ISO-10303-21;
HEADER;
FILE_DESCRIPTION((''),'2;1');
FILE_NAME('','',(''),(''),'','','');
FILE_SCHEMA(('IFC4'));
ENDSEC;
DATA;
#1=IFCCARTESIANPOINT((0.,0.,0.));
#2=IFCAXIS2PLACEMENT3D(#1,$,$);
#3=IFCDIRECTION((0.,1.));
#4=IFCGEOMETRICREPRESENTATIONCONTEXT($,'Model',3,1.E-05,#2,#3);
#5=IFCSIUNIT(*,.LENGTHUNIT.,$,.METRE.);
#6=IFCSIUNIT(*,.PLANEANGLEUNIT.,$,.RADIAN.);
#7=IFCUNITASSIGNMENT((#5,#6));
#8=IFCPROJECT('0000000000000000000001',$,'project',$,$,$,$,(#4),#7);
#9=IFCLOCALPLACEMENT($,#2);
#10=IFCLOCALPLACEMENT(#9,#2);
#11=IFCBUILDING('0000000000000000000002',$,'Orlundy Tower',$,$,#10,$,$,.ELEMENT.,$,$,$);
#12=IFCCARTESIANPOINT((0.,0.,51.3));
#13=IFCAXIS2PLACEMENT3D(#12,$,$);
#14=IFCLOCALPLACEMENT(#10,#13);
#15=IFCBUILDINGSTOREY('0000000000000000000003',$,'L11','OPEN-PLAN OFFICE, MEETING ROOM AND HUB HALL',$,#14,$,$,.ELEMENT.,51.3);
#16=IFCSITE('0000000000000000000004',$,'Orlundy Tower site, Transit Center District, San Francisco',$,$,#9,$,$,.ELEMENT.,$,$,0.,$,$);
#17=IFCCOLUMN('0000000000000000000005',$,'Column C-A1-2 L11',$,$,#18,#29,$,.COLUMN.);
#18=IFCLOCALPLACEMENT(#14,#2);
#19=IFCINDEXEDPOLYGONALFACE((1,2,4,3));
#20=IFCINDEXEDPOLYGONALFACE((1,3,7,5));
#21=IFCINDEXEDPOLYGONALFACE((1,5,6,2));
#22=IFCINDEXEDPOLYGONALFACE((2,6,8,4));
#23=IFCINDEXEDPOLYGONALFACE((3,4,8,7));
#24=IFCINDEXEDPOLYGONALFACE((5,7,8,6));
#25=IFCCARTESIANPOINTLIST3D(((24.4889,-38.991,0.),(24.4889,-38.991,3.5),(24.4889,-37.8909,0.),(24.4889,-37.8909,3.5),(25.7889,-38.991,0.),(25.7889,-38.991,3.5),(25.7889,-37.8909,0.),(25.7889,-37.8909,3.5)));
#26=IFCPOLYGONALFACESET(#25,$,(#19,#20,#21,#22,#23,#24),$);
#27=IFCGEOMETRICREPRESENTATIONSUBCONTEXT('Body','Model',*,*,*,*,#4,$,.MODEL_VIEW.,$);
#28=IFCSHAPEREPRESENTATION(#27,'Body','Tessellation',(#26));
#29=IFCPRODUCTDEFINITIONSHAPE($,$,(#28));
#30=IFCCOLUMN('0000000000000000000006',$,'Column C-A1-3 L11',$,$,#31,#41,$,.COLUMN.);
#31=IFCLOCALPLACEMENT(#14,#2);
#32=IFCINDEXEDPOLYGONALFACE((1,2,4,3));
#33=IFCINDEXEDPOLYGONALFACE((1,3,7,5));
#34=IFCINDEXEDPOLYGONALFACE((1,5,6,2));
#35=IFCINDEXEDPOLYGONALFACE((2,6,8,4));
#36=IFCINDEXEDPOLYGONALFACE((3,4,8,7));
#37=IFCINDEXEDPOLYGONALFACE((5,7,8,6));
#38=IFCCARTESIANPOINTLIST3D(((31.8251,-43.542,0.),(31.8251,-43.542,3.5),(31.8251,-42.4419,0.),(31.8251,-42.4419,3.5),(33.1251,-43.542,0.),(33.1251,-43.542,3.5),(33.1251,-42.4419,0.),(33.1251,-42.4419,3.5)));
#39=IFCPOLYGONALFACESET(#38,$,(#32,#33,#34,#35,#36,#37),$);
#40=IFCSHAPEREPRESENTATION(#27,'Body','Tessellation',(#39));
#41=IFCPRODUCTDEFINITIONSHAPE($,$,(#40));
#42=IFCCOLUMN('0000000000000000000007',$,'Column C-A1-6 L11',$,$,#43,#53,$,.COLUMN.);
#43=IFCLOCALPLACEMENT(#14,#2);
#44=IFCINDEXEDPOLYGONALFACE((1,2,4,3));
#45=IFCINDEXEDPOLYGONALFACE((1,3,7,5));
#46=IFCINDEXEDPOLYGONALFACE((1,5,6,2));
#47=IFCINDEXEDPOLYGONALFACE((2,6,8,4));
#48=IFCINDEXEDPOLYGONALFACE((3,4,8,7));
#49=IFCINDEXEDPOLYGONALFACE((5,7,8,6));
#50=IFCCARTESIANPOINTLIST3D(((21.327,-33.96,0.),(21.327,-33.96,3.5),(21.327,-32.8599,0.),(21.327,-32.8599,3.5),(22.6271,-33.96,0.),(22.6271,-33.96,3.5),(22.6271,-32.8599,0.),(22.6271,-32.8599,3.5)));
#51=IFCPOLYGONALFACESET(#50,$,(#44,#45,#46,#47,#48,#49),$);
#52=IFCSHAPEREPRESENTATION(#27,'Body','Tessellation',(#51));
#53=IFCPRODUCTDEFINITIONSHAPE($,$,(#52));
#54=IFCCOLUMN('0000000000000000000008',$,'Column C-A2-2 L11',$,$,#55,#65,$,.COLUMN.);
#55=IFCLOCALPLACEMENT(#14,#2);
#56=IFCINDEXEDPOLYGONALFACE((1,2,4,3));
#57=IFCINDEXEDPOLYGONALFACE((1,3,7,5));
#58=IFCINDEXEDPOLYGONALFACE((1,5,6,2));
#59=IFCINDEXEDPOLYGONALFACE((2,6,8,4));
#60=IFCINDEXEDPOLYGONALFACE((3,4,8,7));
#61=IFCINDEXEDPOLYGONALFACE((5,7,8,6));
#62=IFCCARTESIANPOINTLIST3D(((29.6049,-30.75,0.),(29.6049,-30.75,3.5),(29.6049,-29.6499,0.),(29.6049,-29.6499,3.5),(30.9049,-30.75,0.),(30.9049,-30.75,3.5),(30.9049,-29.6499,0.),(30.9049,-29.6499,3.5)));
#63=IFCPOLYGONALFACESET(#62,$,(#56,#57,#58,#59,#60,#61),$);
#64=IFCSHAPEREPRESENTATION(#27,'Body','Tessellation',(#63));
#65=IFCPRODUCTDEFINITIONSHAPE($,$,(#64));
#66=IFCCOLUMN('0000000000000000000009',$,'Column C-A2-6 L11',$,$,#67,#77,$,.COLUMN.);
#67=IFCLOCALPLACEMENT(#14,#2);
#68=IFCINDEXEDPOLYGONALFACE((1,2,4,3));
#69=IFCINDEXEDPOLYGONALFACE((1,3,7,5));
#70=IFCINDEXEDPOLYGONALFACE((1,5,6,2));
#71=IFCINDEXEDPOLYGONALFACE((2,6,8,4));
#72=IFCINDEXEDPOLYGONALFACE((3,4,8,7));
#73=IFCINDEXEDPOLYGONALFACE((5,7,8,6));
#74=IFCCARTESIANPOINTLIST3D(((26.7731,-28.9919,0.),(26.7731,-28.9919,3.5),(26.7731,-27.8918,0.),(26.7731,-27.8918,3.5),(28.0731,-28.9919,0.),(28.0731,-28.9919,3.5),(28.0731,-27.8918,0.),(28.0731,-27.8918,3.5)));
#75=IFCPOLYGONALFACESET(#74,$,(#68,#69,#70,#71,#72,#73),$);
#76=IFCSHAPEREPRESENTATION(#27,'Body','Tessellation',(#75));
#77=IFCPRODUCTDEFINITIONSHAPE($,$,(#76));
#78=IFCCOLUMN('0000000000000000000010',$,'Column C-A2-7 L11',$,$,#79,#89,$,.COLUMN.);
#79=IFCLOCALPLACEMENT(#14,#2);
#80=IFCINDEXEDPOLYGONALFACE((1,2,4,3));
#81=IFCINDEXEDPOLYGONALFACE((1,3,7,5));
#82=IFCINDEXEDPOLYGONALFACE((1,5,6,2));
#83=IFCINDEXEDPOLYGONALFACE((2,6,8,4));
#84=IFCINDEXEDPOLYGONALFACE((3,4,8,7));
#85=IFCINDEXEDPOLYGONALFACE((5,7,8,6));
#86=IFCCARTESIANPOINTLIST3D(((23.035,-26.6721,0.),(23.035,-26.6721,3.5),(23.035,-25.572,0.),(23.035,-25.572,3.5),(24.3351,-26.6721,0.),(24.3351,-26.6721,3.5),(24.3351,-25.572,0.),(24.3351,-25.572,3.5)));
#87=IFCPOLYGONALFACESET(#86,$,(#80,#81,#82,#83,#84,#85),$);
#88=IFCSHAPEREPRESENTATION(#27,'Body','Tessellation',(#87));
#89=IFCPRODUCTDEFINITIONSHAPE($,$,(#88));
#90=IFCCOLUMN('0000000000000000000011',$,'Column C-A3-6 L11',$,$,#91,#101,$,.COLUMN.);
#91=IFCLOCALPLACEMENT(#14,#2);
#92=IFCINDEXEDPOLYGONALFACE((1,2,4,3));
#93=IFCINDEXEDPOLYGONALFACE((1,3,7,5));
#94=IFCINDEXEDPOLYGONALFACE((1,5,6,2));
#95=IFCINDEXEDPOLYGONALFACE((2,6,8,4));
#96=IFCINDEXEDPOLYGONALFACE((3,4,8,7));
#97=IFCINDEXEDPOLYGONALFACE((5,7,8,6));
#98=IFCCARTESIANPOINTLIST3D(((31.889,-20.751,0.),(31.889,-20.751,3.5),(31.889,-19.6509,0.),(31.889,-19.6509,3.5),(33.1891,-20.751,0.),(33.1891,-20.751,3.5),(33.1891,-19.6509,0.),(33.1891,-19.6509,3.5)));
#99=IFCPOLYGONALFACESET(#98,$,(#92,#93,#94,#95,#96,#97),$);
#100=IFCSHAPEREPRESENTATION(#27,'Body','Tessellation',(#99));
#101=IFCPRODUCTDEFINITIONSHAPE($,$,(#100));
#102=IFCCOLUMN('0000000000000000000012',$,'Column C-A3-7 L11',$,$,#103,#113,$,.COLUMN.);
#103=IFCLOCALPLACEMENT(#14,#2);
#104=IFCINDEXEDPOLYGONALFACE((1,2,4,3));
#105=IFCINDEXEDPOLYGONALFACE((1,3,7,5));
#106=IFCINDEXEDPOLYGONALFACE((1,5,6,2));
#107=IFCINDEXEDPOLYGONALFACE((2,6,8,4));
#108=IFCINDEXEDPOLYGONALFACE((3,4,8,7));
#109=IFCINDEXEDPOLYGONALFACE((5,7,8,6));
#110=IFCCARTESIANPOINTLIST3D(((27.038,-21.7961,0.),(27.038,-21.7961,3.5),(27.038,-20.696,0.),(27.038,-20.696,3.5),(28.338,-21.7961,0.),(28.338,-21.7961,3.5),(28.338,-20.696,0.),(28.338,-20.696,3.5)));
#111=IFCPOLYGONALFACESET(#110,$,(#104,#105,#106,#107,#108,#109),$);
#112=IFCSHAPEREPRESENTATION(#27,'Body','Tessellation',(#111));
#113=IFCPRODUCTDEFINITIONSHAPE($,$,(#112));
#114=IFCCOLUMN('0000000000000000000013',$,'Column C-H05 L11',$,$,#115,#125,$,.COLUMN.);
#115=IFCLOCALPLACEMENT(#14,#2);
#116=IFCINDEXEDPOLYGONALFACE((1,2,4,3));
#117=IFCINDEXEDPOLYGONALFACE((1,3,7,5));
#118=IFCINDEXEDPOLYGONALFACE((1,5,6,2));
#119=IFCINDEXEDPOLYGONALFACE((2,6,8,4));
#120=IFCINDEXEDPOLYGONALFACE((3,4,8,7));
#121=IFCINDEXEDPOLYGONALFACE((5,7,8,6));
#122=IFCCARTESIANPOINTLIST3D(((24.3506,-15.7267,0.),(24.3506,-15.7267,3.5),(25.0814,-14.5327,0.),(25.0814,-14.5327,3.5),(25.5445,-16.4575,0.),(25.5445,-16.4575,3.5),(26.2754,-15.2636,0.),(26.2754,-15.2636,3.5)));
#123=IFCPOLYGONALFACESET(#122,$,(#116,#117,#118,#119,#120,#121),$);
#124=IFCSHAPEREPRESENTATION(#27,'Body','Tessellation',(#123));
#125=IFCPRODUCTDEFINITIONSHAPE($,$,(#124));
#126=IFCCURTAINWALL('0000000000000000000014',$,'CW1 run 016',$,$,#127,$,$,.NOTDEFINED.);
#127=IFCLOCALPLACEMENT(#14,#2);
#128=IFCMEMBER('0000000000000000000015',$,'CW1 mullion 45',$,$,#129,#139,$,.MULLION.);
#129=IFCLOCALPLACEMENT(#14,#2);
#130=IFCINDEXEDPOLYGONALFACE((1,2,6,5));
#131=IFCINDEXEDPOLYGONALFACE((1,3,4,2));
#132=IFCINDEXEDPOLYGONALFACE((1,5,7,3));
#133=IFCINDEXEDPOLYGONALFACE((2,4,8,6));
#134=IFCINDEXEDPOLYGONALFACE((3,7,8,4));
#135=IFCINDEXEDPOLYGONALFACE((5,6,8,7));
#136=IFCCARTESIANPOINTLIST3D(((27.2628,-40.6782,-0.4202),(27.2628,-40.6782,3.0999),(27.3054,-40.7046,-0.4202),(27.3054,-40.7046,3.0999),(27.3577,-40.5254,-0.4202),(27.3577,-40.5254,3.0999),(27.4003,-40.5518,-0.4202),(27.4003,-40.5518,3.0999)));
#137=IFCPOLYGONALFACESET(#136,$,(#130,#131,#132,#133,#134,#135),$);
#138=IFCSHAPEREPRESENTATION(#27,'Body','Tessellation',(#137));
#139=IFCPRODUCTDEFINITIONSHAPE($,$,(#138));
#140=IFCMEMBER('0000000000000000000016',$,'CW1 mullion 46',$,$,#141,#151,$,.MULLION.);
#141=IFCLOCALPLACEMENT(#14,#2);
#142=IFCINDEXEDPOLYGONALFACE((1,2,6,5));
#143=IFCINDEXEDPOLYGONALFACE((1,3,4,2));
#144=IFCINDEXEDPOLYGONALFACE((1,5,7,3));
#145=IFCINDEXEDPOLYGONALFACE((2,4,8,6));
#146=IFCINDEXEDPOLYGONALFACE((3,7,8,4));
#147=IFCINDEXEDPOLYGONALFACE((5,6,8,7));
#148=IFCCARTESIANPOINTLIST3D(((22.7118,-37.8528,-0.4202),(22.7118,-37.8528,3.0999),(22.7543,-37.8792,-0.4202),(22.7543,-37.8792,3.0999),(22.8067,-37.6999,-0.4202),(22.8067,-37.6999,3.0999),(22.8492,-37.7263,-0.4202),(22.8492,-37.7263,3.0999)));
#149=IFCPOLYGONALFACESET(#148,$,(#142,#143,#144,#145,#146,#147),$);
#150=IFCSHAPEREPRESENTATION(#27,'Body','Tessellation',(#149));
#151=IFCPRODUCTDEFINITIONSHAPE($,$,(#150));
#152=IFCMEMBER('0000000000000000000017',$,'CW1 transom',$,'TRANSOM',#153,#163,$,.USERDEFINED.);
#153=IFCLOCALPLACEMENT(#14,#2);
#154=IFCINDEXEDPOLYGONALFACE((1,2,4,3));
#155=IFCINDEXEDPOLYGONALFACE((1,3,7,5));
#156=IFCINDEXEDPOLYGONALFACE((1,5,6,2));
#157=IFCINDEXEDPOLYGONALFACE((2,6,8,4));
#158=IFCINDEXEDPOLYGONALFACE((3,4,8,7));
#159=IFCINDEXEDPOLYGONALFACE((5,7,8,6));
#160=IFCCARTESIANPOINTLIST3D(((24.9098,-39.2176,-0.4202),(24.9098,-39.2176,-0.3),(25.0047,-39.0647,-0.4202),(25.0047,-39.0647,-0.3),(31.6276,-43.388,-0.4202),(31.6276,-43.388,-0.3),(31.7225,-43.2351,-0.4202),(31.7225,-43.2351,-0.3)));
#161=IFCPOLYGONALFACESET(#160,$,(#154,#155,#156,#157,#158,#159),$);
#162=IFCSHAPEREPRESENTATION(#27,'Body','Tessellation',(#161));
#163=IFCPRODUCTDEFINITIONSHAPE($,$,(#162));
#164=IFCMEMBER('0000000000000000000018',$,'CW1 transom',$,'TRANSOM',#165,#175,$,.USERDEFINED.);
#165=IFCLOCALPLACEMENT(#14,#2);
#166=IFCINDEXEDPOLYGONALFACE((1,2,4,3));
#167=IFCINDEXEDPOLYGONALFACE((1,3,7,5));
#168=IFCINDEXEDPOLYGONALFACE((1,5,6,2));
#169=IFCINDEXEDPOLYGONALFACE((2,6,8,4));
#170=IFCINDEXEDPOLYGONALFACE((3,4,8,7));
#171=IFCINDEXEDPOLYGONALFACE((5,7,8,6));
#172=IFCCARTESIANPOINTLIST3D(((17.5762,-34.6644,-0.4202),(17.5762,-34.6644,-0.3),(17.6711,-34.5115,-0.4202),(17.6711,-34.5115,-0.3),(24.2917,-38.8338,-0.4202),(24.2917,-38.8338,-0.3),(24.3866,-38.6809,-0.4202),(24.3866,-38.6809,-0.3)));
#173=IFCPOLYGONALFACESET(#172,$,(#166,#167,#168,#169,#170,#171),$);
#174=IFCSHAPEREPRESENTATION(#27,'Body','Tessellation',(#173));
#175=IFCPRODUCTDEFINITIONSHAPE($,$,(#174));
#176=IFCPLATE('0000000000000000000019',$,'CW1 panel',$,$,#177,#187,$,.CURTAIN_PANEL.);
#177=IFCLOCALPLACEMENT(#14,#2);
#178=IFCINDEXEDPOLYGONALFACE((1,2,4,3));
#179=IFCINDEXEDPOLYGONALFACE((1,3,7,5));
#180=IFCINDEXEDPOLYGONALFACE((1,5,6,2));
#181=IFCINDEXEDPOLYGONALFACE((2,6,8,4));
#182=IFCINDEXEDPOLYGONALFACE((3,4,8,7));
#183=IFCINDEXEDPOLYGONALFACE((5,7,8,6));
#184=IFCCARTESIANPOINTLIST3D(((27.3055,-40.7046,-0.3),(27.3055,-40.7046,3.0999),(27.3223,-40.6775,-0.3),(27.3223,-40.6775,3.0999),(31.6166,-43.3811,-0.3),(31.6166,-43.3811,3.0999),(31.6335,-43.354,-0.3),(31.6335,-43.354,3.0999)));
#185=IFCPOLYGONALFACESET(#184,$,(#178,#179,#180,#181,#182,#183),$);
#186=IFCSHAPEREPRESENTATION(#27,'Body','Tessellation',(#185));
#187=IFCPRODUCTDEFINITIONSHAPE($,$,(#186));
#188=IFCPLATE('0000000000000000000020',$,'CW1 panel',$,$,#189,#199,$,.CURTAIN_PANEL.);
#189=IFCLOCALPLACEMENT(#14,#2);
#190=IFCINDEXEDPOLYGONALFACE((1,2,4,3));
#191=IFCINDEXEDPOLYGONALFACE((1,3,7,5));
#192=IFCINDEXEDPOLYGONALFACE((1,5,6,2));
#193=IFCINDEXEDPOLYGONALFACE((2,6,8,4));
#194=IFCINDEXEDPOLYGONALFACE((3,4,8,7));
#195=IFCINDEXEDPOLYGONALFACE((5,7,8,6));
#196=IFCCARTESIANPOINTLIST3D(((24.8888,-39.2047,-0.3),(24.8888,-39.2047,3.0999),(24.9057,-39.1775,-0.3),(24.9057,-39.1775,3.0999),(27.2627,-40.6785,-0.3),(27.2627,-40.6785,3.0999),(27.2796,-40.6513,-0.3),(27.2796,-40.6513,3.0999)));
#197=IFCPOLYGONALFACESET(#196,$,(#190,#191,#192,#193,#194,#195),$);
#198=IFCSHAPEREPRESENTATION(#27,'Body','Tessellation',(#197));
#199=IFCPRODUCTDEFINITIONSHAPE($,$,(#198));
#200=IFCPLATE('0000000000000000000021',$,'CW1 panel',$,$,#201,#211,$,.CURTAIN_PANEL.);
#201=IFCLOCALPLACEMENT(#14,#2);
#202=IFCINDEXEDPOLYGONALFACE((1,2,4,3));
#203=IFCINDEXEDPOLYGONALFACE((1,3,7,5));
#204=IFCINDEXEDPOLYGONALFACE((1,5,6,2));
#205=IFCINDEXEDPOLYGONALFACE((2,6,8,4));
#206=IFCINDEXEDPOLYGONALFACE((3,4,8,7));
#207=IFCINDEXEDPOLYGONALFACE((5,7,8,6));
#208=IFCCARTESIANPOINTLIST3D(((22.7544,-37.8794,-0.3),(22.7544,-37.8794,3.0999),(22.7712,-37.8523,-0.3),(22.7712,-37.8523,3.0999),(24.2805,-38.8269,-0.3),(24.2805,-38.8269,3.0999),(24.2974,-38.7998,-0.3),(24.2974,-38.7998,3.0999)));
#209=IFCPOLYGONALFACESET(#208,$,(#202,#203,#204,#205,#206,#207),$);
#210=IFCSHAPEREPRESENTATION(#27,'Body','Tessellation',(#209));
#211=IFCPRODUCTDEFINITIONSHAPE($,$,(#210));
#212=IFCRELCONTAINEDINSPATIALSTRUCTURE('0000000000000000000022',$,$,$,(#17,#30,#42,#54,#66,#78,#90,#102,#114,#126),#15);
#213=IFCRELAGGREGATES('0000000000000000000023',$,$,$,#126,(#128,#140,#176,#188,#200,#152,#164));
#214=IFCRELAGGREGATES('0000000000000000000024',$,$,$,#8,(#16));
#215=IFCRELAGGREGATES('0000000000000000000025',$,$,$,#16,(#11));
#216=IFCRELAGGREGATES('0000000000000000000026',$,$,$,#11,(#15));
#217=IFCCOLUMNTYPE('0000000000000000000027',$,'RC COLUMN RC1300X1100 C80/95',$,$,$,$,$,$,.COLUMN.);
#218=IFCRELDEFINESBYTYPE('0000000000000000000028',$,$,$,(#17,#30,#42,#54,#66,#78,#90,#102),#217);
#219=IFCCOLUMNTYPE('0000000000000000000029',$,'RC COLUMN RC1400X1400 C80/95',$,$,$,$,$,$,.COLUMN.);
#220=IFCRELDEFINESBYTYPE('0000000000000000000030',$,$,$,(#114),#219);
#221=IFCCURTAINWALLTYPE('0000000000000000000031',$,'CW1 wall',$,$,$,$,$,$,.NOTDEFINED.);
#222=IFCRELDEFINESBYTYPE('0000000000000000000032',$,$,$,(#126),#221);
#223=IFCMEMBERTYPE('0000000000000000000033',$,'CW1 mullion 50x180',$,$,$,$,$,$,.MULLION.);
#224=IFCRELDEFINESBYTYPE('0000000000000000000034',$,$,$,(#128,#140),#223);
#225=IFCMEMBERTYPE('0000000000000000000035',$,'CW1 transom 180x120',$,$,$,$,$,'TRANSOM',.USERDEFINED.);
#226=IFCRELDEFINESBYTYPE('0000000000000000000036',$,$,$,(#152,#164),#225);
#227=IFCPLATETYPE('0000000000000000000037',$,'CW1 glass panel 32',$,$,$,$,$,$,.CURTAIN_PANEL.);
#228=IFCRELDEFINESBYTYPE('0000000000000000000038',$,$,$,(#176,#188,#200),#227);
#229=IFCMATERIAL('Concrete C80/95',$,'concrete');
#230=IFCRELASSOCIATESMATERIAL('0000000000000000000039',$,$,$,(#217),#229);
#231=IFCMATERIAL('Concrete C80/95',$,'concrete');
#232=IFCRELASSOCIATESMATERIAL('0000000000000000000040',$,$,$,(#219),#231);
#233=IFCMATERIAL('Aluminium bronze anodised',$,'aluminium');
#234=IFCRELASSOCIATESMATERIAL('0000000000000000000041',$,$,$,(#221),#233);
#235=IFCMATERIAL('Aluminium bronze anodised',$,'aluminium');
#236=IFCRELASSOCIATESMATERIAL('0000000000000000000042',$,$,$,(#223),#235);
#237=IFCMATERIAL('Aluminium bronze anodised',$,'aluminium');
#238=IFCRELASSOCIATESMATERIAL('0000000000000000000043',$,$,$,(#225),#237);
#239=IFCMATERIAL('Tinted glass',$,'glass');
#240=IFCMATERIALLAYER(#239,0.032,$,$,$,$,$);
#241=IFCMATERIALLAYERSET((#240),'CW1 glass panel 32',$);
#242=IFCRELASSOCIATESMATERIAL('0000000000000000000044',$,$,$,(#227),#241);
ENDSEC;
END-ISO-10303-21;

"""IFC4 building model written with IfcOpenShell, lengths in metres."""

from ifc_helpers import new_model, si_unit, direction, frame, origin, origin_2d, place, context, subcontext, project, spatial, rectangle, extrude, material, layer, layer_set, material_profile, profile_set, type_object, element, aggregate, save


model = new_model("IFC4")

# Units and contexts
model_context = context("Model", 3, precision=1e-05, world=origin(), true_north=direction((0.0, 1.0)))
body_context = subcontext(model_context, "Body", "Model", "MODEL_VIEW")
ifc_project = project(units=[si_unit("LENGTHUNIT", "METRE"), si_unit("PLANEANGLEUNIT", "RADIAN")], contexts=[model_context])

# Site, building, storey
site_placement = place(None, origin())
site = spatial("IfcSite", under=ifc_project, at=site_placement, Name="Orlundy Tower site, Transit Center District, San Francisco", CompositionType="ELEMENT", RefElevation=0.0)
building_placement = place(site_placement, origin())
building = spatial("IfcBuilding", under=site, at=building_placement, Name="Orlundy Tower", CompositionType="ELEMENT")
storey_placement = place(building_placement, frame((0.0, 0.0, 51.3)))
storey = spatial("IfcBuildingStorey", under=building, at=storey_placement, Name="L11", Description="OPEN-PLAN OFFICE, MEETING ROOM AND HUB HALL", CompositionType="ELEMENT", Elevation=51.3)

# Columns
ifc_material_1 = material(Name="Concrete C80/95", Category="concrete")
ifc_material_profile_1 = material_profile(ifc_material_1, rectangle(XDim=1.3, YDim=1.1001, at=origin_2d()), Name="RC1300X1100")
ifc_profile_set_1 = profile_set([ifc_material_profile_1], Name="Concrete C80/95")
column_type_1 = type_object("IfcColumnType", Name="RC COLUMN RC1300X1100 C80/95", PredefinedType="COLUMN", material=ifc_profile_set_1)
for number, where, z_axis, x_axis, name in (
    (1, (25.1389, -38.4409, 0.0), (0.0, 0.0, 1.0), (1.0, 0.0, 0.0), "Column C-A1-2 L11"),
    (2, (32.4751, -42.9919, 0.0), (0.0, 0.0, 1.0), (1.0, 0.0, 0.0), "Column C-A1-3 L11"),
    (3, (21.9771, -33.4099, 0.0), (0.0, 0.0, 1.0), (1.0, 0.0, 0.0), "Column C-A1-6 L11"),
    (4, (30.2549, -30.2, 0.0), (0.0, 0.0, 1.0), (1.0, 0.0, 0.0), "Column C-A2-2 L11"),
    (5, (27.4231, -28.4419, 0.0), (0.0, 0.0, 1.0), (1.0, 0.0, 0.0), "Column C-A2-6 L11"),
    (6, (23.6851, -26.1221, 0.0), (0.0, 0.0, 1.0), (1.0, 0.0, 0.0), "Column C-A2-7 L11"),
    (7, (32.5391, -20.2009, 0.0), (0.0, 0.0, 1.0), (1.0, 0.0, 0.0), "Column C-A3-6 L11"),
    (8, (27.688, -21.2461, 0.0), (0.0, 0.0, 1.0), (1.0, 0.0, 0.0), "Column C-A3-7 L11"),
):
    element("IfcColumn", number, at=place(storey_placement, frame(where, z_axis=z_axis, x_axis=x_axis)), inside=storey, type_object=column_type_1, Name=name, PredefinedType="COLUMN", context=body_context, shape_type="SweptSolid", body=[
        extrude(rectangle(XDim=1.3, YDim=1.1001, at=origin_2d()), origin(), (0.0, 0.0, 1.0), 3.5),
    ])
ifc_material_2 = material(Name="Concrete C80/95", Category="concrete")
ifc_material_profile_2 = material_profile(ifc_material_2, rectangle(XDim=1.3999, YDim=1.3999, at=origin_2d()), Name="RC1400X1400")
ifc_profile_set_2 = profile_set([ifc_material_profile_2], Name="Concrete C80/95")
column_type_2 = type_object("IfcColumnType", Name="RC COLUMN RC1400X1400 C80/95", PredefinedType="COLUMN", material=ifc_profile_set_2)
column_placement = place(storey_placement, frame((25.313, -15.4951, 0.0), z_axis=(0.0, 0.0, 1.0), x_axis=(0.852895, -0.522082, 0.0)))
element("IfcColumn", 9, at=column_placement, inside=storey, type_object=column_type_2, Name="Column C-H05 L11", PredefinedType="COLUMN", context=body_context, shape_type="SweptSolid", body=[
    extrude(rectangle(XDim=1.3999, YDim=1.3999, at=origin_2d()), origin(), (0.0, 0.0, 1.0), 3.5),
])

# Curtain wall, members, plates
ifc_material_3 = material(Name="Aluminium bronze anodised", Category="aluminium")
curtain_wall_type = type_object("IfcCurtainWallType", Name="CW1 wall", PredefinedType="NOTDEFINED", material=ifc_material_3)
curtain_wall_placement = place(storey_placement, origin())
curtain_wall = element("IfcCurtainWall", 10, at=curtain_wall_placement, inside=storey, type_object=curtain_wall_type, Name="CW1 run 016", PredefinedType="NOTDEFINED")
ifc_material_4 = material(Name="Aluminium bronze anodised", Category="aluminium")
ifc_material_profile_3 = material_profile(ifc_material_4, rectangle(XDim=0.1799, YDim=0.05, at=origin_2d()), Name="CW1 mullion 50x180")
ifc_profile_set_3 = profile_set([ifc_material_profile_3], Name="Aluminium bronze anodised")
member_type_1 = type_object("IfcMemberType", Name="CW1 mullion 50x180", PredefinedType="MULLION", material=ifc_profile_set_3)
member_1_placement = place(storey_placement, frame((27.3315, -40.615, -0.4202), z_axis=(0.0, 0.0, 1.0), x_axis=(-0.527449, -0.849587, 0.0)))
member_1 = element("IfcMember", 11, at=member_1_placement, type_object=member_type_1, Name="CW1 mullion 45", PredefinedType="MULLION", context=body_context, shape_type="SweptSolid", body=[
    extrude(rectangle(XDim=0.1799, YDim=0.05, at=origin_2d()), origin(), (0.0, 0.0, 1.0), 3.52),
])
member_2_placement = place(storey_placement, frame((22.7805, -37.7896, -0.4202), z_axis=(0.0, 0.0, 1.0), x_axis=(-0.527449, -0.849587, 0.0)))
member_2 = element("IfcMember", 12, at=member_2_placement, type_object=member_type_1, Name="CW1 mullion 46", PredefinedType="MULLION", context=body_context, shape_type="SweptSolid", body=[
    extrude(rectangle(XDim=0.1799, YDim=0.05, at=origin_2d()), origin(), (0.0, 0.0, 1.0), 3.52),
])
ifc_material_5 = material(Name="Aluminium bronze anodised", Category="aluminium")
ifc_material_profile_4 = material_profile(ifc_material_5, rectangle(XDim=0.1799, YDim=0.1201, at=origin_2d()), Name="CW1 transom 180x120")
ifc_profile_set_4 = profile_set([ifc_material_profile_4], Name="Aluminium bronze anodised")
member_type_2 = type_object("IfcMemberType", Name="CW1 transom 180x120", ElementType="TRANSOM", PredefinedType="USERDEFINED", material=ifc_profile_set_4)
member_3_placement = place(storey_placement, frame((31.675, -43.3115, -0.3601), z_axis=(-0.849597, 0.527432, 0.0), x_axis=(-0.527432, -0.849597, 0.0)))
member_3 = element("IfcMember", 13, at=member_3_placement, type_object=member_type_2, Name="CW1 transom", ObjectType="TRANSOM", PredefinedType="USERDEFINED", context=body_context, shape_type="SweptSolid", body=[
    extrude(rectangle(XDim=0.1799, YDim=0.1201, at=origin_2d()), origin(), (0.0, 0.0, 1.0), 7.907),
])
member_4_placement = place(storey_placement, frame((24.3391, -38.7573, -0.3601), z_axis=(-0.849575, 0.527467, 0.0), x_axis=(-0.527467, -0.849575, 0.0)))
member_4 = element("IfcMember", 14, at=member_4_placement, type_object=member_type_2, Name="CW1 transom", ObjectType="TRANSOM", PredefinedType="USERDEFINED", context=body_context, shape_type="SweptSolid", body=[
    extrude(rectangle(XDim=0.1799, YDim=0.1201, at=origin_2d()), origin(), (0.0, 0.0, 1.0), 7.9045),
])
ifc_material_6 = material(Name="Tinted glass", Category="glass")
ifc_layer_1 = layer(ifc_material_6, 0.032)
ifc_layer_set_1 = layer_set([ifc_layer_1], Name="CW1 glass panel 32")
plate_type = type_object("IfcPlateType", Name="CW1 glass panel 32", PredefinedType="CURTAIN_PANEL", material=ifc_layer_set_1)
plate_1_placement = place(storey_placement, frame((29.4695, -42.0293, -0.3), z_axis=(0.0, 0.0, 1.0), x_axis=(-0.849587, 0.527449, 0.0)))
plate_1 = element("IfcPlate", 15, at=plate_1_placement, type_object=plate_type, Name="CW1 panel", PredefinedType="CURTAIN_PANEL", context=body_context, shape_type="SweptSolid", body=[
    extrude(rectangle(XDim=5.0745, YDim=0.032, at=origin_2d()), origin(), (0.0, 0.0, 1.0), 3.3999),
])
plate_2_placement = place(storey_placement, frame((26.0842, -39.928, -0.3), z_axis=(0.0, 0.0, 1.0), x_axis=(-0.849587, 0.527449, 0.0)))
plate_2 = element("IfcPlate", 16, at=plate_2_placement, type_object=plate_type, Name="CW1 panel", PredefinedType="CURTAIN_PANEL", context=body_context, shape_type="SweptSolid", body=[
    extrude(rectangle(XDim=2.7942, YDim=0.032, at=origin_2d()), origin(), (0.0, 0.0, 1.0), 3.3999),
])
plate_3_placement = place(storey_placement, frame((23.5259, -38.3396, -0.3), z_axis=(0.0, 0.0, 1.0), x_axis=(-0.849587, 0.527449, 0.0)))
plate_3 = element("IfcPlate", 17, at=plate_3_placement, type_object=plate_type, Name="CW1 panel", PredefinedType="CURTAIN_PANEL", context=body_context, shape_type="SweptSolid", body=[
    extrude(rectangle(XDim=1.7964, YDim=0.032, at=origin_2d()), origin(), (0.0, 0.0, 1.0), 3.3999),
])
aggregate(curtain_wall, [member_1, member_2, plate_1, plate_2, plate_3, member_3, member_4])

save(model, "model.ifc")
